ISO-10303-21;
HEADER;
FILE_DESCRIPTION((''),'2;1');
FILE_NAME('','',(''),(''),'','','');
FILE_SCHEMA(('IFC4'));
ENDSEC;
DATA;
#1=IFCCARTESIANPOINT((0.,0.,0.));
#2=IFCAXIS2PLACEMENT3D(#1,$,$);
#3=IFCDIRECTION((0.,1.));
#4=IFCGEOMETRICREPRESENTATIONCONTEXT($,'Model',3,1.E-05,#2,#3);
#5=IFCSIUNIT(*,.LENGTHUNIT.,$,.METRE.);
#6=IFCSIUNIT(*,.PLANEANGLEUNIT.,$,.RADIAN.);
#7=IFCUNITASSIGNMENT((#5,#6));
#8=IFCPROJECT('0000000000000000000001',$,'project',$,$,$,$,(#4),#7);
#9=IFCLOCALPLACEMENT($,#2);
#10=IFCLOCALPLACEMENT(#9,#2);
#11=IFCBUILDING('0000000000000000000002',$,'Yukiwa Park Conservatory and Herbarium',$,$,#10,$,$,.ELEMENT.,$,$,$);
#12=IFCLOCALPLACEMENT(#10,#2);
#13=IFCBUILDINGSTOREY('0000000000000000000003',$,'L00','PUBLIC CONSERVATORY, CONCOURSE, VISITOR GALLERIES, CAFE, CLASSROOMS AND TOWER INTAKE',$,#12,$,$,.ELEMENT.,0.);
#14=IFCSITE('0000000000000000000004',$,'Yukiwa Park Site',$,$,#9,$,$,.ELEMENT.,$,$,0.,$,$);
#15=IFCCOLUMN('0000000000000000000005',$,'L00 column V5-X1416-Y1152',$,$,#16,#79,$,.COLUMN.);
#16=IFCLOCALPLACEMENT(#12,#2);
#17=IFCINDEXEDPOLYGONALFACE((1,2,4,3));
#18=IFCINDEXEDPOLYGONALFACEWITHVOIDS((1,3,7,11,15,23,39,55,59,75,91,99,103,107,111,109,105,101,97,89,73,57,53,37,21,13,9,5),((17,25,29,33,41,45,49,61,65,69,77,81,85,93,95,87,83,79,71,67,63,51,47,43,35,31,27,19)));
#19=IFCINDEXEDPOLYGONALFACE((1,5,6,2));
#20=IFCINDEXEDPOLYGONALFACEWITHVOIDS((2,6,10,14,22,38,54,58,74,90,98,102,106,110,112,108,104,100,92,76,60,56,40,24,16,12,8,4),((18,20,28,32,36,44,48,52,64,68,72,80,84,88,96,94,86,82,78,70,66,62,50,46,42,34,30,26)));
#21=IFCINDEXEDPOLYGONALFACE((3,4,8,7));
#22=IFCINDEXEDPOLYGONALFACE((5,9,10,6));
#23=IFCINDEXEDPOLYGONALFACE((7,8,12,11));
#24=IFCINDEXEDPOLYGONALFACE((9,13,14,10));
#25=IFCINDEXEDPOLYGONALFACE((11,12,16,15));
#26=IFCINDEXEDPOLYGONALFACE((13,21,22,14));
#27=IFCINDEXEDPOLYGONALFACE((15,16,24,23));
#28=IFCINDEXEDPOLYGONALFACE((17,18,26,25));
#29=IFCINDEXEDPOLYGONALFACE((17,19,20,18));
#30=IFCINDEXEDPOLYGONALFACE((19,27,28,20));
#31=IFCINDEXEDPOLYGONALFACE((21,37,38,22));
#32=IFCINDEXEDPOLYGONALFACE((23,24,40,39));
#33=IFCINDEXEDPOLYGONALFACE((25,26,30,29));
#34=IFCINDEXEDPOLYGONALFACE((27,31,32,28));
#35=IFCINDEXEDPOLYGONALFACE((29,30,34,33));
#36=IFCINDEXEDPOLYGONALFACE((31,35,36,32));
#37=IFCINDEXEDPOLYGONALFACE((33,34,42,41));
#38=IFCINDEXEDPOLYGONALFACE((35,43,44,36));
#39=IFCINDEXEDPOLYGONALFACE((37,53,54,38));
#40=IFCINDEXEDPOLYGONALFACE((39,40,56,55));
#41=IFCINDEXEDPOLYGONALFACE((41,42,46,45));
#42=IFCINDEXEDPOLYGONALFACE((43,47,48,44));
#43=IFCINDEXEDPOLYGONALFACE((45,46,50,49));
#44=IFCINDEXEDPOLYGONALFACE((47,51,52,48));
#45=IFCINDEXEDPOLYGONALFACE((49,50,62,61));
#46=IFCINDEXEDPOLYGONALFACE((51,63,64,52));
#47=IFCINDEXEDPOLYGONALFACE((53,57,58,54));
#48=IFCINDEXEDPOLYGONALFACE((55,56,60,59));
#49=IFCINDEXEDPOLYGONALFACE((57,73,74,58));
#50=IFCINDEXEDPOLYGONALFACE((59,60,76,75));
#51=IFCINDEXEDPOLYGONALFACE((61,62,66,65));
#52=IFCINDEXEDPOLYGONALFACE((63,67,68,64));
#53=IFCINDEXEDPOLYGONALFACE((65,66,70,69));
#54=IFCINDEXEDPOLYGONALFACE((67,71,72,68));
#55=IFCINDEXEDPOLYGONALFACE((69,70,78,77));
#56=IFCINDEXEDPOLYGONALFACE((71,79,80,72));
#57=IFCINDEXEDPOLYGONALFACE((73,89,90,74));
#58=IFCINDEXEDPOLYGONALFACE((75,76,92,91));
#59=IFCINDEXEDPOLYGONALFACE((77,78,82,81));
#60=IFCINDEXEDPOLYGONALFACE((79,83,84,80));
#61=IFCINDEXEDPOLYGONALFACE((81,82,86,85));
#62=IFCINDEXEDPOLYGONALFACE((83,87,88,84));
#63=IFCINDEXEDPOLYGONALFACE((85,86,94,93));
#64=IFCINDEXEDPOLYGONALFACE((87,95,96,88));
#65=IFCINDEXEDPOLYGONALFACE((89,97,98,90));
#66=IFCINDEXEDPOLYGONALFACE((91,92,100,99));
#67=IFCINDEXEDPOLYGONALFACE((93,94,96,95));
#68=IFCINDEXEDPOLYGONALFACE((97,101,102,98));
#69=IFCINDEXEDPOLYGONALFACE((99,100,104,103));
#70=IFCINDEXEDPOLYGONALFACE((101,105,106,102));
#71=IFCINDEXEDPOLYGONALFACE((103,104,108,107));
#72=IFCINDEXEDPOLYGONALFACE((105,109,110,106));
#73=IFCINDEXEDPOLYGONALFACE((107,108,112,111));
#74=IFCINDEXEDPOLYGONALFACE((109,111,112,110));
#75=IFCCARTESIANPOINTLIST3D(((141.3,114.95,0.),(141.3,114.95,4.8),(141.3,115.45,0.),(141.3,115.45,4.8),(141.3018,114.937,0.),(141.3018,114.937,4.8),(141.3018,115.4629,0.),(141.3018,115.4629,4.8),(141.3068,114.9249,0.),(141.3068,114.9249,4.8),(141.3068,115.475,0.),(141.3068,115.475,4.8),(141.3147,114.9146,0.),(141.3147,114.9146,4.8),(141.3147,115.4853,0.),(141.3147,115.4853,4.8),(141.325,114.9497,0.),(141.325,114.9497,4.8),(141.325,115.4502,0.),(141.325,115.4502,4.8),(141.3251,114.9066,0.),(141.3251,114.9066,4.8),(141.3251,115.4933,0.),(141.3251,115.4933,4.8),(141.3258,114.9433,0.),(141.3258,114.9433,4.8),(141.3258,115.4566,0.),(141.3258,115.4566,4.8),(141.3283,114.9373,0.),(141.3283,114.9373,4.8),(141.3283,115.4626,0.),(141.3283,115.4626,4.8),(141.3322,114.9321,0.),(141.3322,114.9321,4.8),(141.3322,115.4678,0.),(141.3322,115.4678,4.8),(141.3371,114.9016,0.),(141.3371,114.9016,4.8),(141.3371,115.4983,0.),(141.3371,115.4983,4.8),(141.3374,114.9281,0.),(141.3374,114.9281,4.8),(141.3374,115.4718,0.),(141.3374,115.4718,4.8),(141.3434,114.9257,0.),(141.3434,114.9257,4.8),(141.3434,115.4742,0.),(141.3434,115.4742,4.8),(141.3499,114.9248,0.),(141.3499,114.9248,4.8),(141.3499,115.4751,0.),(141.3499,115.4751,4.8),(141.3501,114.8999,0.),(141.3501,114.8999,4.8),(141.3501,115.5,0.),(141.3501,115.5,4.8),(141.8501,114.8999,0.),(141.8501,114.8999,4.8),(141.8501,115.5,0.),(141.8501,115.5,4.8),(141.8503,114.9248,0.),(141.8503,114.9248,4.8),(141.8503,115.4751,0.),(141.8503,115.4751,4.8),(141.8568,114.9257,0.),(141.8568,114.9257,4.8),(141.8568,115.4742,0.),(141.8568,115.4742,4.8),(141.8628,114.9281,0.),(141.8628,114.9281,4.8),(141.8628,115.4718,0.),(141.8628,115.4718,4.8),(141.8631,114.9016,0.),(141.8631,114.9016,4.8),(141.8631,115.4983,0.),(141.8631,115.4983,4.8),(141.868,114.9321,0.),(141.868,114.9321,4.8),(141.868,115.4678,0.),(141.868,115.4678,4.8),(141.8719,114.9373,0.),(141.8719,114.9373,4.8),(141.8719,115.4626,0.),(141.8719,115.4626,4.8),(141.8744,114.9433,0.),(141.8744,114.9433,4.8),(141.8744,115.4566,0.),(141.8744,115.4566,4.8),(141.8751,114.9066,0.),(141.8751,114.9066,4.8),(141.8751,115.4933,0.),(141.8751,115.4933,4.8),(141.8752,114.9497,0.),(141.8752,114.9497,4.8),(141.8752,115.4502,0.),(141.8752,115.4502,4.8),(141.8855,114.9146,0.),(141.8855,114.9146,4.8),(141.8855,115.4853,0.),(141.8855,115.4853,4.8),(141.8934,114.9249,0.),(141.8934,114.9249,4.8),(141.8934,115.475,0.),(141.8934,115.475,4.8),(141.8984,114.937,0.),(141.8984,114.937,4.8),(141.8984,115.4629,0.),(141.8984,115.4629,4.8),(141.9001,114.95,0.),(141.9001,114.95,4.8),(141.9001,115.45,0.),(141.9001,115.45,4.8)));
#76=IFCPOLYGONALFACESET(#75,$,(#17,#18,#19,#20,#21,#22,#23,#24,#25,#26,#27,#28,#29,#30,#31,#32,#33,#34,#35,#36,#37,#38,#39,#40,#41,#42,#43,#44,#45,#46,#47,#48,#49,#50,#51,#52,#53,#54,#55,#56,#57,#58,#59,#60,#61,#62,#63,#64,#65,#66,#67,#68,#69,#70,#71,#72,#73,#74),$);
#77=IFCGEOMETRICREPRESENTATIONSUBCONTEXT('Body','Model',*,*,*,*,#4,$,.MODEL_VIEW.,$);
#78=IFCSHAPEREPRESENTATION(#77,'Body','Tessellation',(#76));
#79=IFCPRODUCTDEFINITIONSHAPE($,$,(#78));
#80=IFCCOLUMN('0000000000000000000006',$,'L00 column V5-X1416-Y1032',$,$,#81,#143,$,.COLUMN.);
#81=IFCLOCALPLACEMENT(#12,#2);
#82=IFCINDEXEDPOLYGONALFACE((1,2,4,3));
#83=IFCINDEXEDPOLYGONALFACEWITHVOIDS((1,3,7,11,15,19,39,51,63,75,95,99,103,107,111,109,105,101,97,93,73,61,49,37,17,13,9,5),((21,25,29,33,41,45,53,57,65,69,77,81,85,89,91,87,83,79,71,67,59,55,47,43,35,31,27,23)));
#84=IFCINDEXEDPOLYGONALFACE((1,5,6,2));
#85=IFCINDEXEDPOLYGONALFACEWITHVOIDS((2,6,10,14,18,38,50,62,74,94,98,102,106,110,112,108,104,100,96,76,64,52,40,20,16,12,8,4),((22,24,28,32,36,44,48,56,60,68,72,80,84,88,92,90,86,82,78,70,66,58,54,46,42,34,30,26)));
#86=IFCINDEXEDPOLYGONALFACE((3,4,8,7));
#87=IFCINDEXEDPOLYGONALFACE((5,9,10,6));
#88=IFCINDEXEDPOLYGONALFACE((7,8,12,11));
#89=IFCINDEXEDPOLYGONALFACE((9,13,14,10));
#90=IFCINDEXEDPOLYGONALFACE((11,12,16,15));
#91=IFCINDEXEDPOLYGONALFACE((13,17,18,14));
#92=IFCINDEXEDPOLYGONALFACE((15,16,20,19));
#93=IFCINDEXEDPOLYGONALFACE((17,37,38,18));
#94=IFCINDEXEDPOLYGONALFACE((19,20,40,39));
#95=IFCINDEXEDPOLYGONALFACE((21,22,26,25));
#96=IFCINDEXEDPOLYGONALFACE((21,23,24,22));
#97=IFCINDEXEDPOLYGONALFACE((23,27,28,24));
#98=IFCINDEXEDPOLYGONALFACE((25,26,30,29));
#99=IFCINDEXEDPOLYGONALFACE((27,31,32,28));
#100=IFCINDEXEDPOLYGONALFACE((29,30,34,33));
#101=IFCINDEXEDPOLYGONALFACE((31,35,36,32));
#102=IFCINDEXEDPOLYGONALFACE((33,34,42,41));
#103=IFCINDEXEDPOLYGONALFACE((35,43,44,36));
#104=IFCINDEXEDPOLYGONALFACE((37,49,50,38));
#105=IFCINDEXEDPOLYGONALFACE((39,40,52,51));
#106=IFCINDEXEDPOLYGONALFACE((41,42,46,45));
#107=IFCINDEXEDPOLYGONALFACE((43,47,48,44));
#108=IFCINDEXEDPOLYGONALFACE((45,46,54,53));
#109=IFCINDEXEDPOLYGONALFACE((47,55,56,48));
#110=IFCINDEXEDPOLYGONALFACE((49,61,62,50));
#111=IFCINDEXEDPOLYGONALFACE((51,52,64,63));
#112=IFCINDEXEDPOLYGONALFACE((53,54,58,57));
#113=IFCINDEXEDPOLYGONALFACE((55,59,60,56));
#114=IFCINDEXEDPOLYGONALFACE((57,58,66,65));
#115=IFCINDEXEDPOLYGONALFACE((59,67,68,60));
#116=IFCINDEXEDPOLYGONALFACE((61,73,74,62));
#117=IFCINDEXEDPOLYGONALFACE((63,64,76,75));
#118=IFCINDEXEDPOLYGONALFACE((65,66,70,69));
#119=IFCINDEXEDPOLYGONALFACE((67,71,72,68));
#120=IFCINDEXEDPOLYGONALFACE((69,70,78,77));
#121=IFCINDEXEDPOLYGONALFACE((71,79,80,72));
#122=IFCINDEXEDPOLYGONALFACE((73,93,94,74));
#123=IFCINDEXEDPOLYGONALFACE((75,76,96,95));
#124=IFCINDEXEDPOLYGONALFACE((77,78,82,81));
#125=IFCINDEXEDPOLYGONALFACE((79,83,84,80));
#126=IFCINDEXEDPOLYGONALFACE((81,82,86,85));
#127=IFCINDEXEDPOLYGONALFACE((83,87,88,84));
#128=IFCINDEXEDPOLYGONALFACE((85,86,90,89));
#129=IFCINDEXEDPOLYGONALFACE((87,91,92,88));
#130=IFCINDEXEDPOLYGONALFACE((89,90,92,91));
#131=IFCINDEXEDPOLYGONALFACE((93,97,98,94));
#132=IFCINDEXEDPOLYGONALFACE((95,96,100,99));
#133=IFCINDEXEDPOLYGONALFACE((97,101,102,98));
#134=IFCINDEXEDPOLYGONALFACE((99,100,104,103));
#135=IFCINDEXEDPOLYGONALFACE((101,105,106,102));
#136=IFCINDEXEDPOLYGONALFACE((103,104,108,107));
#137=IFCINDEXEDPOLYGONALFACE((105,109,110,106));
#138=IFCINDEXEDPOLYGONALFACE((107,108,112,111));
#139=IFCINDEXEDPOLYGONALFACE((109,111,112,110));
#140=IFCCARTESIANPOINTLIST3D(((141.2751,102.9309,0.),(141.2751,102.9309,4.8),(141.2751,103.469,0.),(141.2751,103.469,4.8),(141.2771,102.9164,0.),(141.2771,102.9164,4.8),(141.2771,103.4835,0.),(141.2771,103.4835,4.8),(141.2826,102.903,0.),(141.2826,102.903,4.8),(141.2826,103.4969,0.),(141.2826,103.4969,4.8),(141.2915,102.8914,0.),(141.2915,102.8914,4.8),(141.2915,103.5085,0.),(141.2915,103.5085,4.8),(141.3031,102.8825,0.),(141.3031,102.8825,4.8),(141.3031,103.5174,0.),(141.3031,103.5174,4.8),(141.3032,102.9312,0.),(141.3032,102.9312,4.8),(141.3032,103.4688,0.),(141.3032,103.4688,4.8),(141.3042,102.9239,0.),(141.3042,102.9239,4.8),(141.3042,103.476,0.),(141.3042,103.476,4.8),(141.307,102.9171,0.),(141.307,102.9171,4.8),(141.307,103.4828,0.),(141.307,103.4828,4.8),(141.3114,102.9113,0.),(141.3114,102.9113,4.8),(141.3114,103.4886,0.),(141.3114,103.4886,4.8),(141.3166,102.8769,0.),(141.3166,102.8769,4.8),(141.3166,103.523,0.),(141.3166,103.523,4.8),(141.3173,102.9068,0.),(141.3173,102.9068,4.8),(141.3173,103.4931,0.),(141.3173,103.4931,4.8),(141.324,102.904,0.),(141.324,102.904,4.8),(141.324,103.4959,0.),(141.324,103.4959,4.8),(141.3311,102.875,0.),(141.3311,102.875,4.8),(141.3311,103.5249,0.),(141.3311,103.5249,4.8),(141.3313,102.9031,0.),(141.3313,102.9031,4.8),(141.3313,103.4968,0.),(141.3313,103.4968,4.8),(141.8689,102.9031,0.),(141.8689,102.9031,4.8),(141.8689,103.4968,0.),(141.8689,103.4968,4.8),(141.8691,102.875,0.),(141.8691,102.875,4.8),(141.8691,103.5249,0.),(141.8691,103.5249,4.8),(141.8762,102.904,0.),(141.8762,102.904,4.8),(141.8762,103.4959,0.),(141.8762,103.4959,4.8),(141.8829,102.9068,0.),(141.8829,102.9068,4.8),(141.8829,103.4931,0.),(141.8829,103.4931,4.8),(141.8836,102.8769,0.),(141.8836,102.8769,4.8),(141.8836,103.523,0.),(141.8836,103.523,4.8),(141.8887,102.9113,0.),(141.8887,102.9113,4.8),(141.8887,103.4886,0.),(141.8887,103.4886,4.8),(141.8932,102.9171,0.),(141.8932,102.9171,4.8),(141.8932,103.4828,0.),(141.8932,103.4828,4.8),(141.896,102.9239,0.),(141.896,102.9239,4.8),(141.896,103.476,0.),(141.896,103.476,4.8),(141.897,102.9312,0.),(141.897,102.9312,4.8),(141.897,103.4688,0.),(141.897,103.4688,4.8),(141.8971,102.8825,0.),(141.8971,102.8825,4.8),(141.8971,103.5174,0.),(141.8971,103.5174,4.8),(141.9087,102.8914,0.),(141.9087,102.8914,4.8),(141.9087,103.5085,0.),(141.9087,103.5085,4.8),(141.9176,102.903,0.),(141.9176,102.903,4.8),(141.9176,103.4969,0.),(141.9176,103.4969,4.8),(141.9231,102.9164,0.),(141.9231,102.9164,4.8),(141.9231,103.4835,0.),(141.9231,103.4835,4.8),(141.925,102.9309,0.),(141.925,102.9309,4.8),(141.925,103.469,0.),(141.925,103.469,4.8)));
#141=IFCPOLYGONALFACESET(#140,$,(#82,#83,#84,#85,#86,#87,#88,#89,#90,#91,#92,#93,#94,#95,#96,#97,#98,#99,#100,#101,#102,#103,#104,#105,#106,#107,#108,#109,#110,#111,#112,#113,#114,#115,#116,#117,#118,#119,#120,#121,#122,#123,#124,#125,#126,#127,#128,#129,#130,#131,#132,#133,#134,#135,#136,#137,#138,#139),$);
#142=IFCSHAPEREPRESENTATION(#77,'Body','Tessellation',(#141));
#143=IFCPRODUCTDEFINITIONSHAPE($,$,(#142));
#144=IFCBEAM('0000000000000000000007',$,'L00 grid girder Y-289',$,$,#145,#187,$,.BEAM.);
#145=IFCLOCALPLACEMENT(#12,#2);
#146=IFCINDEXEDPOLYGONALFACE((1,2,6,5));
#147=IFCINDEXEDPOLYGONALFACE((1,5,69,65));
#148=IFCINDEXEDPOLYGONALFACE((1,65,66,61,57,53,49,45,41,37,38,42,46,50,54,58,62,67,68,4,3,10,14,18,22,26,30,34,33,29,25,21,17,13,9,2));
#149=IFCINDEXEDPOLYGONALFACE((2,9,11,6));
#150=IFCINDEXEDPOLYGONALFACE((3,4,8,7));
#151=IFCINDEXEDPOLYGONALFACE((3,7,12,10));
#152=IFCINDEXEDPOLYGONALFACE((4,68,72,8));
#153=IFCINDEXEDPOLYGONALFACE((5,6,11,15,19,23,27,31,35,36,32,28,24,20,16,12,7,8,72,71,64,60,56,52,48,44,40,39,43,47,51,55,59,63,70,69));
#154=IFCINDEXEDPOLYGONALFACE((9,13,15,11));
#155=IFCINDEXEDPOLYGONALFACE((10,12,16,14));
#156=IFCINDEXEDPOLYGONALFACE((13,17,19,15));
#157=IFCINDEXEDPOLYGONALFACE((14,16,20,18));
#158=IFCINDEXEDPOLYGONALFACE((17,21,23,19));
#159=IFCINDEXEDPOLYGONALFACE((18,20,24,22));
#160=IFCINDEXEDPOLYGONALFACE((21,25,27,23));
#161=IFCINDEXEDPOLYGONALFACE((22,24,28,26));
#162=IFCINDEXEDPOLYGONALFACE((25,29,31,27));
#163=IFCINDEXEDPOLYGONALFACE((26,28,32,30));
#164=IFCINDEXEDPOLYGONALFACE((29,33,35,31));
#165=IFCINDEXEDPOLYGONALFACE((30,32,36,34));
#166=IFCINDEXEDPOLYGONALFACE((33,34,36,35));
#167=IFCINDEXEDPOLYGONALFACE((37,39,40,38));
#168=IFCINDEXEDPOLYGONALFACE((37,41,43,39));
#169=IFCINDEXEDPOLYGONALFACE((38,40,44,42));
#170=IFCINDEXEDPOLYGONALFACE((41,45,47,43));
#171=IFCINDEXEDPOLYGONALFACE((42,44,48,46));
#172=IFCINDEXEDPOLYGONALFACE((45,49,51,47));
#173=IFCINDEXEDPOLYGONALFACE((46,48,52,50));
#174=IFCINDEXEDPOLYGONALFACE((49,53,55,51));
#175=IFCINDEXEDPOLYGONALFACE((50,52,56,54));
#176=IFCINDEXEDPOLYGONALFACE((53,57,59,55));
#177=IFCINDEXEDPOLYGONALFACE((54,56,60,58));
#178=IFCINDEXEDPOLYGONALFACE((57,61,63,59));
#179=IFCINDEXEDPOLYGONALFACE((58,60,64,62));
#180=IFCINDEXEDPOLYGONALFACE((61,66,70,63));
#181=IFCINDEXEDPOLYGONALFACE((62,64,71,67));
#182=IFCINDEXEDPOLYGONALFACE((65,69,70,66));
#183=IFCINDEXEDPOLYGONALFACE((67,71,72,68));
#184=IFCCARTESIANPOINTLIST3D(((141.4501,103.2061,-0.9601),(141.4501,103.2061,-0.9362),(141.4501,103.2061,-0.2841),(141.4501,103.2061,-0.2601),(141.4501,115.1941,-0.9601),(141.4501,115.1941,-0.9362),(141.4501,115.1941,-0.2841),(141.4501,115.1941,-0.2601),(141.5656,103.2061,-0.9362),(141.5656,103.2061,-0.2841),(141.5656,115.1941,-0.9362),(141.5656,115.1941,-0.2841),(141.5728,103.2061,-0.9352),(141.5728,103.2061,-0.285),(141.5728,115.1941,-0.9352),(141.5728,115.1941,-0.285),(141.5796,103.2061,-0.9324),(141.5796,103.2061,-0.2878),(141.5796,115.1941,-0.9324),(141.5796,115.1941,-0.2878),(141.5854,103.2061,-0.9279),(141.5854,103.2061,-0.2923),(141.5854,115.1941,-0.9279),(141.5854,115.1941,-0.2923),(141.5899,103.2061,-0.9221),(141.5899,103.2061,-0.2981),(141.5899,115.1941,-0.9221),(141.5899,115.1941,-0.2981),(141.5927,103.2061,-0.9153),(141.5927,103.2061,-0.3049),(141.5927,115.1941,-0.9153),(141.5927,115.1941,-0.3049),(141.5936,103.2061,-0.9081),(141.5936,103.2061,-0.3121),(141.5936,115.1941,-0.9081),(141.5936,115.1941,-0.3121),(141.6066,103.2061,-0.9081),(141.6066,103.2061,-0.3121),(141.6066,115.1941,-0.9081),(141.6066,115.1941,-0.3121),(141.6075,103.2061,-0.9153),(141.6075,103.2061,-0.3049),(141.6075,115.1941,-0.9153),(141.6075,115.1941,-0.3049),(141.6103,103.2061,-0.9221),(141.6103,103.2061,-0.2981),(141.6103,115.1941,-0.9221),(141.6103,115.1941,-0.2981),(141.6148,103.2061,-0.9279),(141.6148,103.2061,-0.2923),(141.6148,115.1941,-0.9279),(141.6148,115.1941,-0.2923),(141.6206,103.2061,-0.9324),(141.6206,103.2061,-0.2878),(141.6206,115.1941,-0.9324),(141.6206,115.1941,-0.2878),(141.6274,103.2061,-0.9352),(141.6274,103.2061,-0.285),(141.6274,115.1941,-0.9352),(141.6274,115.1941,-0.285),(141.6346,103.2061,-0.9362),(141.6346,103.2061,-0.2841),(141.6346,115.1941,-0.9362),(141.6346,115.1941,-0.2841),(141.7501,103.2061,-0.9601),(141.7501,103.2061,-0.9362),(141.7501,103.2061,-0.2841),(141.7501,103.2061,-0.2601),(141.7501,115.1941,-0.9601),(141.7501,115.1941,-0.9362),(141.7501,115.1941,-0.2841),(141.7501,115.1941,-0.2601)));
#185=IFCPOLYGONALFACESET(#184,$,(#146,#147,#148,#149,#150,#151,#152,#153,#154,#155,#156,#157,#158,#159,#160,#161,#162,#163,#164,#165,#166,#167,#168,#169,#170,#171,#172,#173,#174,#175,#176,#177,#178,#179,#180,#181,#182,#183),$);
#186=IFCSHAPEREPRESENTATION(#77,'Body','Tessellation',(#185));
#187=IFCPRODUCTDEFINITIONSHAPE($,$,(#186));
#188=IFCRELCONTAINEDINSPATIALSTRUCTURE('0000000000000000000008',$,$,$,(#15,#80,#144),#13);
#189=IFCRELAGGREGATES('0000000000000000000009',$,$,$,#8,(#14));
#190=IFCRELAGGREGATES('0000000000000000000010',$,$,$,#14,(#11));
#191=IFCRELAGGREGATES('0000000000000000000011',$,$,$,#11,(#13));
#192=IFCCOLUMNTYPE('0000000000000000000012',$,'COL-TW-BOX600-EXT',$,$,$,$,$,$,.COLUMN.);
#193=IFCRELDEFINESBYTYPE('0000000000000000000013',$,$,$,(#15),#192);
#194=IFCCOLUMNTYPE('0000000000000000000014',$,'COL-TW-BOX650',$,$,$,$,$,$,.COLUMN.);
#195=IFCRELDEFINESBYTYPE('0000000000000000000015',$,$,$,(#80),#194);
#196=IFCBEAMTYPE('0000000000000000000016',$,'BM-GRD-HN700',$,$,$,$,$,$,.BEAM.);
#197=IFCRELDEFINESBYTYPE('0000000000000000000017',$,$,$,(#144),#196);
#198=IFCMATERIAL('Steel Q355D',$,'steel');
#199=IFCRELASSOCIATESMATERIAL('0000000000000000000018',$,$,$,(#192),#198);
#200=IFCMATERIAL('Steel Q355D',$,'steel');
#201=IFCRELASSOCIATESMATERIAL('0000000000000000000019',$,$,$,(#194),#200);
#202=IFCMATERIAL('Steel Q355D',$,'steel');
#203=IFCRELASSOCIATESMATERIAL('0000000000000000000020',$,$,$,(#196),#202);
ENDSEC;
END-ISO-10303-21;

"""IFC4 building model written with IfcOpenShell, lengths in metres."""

from ifc_helpers import new_model, si_unit, direction, frame, origin, origin_2d, place, context, subcontext, project, spatial, hollow_rectangle, i_section, extrude, material, material_profile, profile_set, type_object, element, save


model = new_model("IFC4")

# Units and contexts
model_context = context("Model", 3, precision=1e-05, world=origin(), true_north=direction((0.0, 1.0)))
body_context = subcontext(model_context, "Body", "Model", "MODEL_VIEW")
ifc_project = project(units=[si_unit("LENGTHUNIT", "METRE"), si_unit("PLANEANGLEUNIT", "RADIAN")], contexts=[model_context])

# Site, building, storey
site_placement = place(None, origin())
site = spatial("IfcSite", under=ifc_project, at=site_placement, Name="Yukiwa Park Site", CompositionType="ELEMENT", RefElevation=0.0)
building_placement = place(site_placement, origin())
building = spatial("IfcBuilding", under=site, at=building_placement, Name="Yukiwa Park Conservatory and Herbarium", CompositionType="ELEMENT")
storey_placement = place(building_placement, origin())
storey = spatial("IfcBuildingStorey", under=building, at=storey_placement, Name="L00", Description="PUBLIC CONSERVATORY, CONCOURSE, VISITOR GALLERIES, CAFE, CLASSROOMS AND TOWER INTAKE", CompositionType="ELEMENT", Elevation=0.0)

# Columns
ifc_material_1 = material(Name="Steel Q355D", Category="steel")
ifc_material_profile_1 = material_profile(ifc_material_1, hollow_rectangle(XDim=0.6001, YDim=0.6001, WallThickness=0.0249, InnerFilletRadius=0.0249, OuterFilletRadius=0.05, at=origin_2d()), Name="BOX 600x600x25")
ifc_profile_set_1 = profile_set([ifc_material_profile_1], Name="Steel Q355D")
column_type_1 = type_object("IfcColumnType", Name="COL-TW-BOX600-EXT", PredefinedType="COLUMN", material=ifc_profile_set_1)
column_1_placement = place(storey_placement, frame((141.6001, 115.2, 0.0), z_axis=(0.0, 0.0, 1.0), x_axis=(1.0, 0.0, 0.0)))
element("IfcColumn", 1, at=column_1_placement, inside=storey, type_object=column_type_1, Name="L00 column V5-X1416-Y1152", PredefinedType="COLUMN", context=body_context, shape_type="SweptSolid", body=[
    extrude(hollow_rectangle(XDim=0.6001, YDim=0.6001, WallThickness=0.0249, InnerFilletRadius=0.0249, OuterFilletRadius=0.05, at=origin_2d()), origin(), (0.0, 0.0, 1.0), 4.8),
])
ifc_material_2 = material(Name="Steel Q355D", Category="steel")
ifc_material_profile_2 = material_profile(ifc_material_2, hollow_rectangle(XDim=0.6499, YDim=0.6499, WallThickness=0.0281, InnerFilletRadius=0.0281, OuterFilletRadius=0.0559, at=origin_2d()), Name="BOX 650x650x28")
ifc_profile_set_2 = profile_set([ifc_material_profile_2], Name="Steel Q355D")
column_type_2 = type_object("IfcColumnType", Name="COL-TW-BOX650", PredefinedType="COLUMN", material=ifc_profile_set_2)
column_2_placement = place(storey_placement, frame((141.6001, 103.2, 0.0), z_axis=(0.0, 0.0, 1.0), x_axis=(1.0, 0.0, 0.0)))
element("IfcColumn", 2, at=column_2_placement, inside=storey, type_object=column_type_2, Name="L00 column V5-X1416-Y1032", PredefinedType="COLUMN", context=body_context, shape_type="SweptSolid", body=[
    extrude(hollow_rectangle(XDim=0.6499, YDim=0.6499, WallThickness=0.0281, InnerFilletRadius=0.0281, OuterFilletRadius=0.0559, at=origin_2d()), origin(), (0.0, 0.0, 1.0), 4.8),
])

# Beam
ifc_material_3 = material(Name="Steel Q355D", Category="steel")
ifc_material_profile_3 = material_profile(ifc_material_3, i_section(OverallWidth=0.3, OverallDepth=0.7, WebThickness=0.0129, FlangeThickness=0.0239, FilletRadius=0.0281, at=origin_2d()), Name="HN 700x300x13x24")
ifc_profile_set_3 = profile_set([ifc_material_profile_3], Name="Steel Q355D")
beam_type_1 = type_object("IfcBeamType", Name="BM-GRD-HN700", PredefinedType="BEAM", material=ifc_profile_set_3)
beam_placement = place(storey_placement, frame((141.6001, 103.2061, -0.6101), z_axis=(0.0, 1.0, 0.0), x_axis=(-1.0, 0.0, 0.0)))
element("IfcBeam", 3, at=beam_placement, inside=storey, type_object=beam_type_1, Name="L00 grid girder Y-289", PredefinedType="BEAM", context=body_context, shape_type="SweptSolid", body=[
    extrude(i_section(OverallWidth=0.3, OverallDepth=0.7, WebThickness=0.0129, FlangeThickness=0.0239, FilletRadius=0.0281, at=origin_2d()), origin(), (0.0, 0.0, 1.0), 11.988),
])

save(model, "model.ifc")
